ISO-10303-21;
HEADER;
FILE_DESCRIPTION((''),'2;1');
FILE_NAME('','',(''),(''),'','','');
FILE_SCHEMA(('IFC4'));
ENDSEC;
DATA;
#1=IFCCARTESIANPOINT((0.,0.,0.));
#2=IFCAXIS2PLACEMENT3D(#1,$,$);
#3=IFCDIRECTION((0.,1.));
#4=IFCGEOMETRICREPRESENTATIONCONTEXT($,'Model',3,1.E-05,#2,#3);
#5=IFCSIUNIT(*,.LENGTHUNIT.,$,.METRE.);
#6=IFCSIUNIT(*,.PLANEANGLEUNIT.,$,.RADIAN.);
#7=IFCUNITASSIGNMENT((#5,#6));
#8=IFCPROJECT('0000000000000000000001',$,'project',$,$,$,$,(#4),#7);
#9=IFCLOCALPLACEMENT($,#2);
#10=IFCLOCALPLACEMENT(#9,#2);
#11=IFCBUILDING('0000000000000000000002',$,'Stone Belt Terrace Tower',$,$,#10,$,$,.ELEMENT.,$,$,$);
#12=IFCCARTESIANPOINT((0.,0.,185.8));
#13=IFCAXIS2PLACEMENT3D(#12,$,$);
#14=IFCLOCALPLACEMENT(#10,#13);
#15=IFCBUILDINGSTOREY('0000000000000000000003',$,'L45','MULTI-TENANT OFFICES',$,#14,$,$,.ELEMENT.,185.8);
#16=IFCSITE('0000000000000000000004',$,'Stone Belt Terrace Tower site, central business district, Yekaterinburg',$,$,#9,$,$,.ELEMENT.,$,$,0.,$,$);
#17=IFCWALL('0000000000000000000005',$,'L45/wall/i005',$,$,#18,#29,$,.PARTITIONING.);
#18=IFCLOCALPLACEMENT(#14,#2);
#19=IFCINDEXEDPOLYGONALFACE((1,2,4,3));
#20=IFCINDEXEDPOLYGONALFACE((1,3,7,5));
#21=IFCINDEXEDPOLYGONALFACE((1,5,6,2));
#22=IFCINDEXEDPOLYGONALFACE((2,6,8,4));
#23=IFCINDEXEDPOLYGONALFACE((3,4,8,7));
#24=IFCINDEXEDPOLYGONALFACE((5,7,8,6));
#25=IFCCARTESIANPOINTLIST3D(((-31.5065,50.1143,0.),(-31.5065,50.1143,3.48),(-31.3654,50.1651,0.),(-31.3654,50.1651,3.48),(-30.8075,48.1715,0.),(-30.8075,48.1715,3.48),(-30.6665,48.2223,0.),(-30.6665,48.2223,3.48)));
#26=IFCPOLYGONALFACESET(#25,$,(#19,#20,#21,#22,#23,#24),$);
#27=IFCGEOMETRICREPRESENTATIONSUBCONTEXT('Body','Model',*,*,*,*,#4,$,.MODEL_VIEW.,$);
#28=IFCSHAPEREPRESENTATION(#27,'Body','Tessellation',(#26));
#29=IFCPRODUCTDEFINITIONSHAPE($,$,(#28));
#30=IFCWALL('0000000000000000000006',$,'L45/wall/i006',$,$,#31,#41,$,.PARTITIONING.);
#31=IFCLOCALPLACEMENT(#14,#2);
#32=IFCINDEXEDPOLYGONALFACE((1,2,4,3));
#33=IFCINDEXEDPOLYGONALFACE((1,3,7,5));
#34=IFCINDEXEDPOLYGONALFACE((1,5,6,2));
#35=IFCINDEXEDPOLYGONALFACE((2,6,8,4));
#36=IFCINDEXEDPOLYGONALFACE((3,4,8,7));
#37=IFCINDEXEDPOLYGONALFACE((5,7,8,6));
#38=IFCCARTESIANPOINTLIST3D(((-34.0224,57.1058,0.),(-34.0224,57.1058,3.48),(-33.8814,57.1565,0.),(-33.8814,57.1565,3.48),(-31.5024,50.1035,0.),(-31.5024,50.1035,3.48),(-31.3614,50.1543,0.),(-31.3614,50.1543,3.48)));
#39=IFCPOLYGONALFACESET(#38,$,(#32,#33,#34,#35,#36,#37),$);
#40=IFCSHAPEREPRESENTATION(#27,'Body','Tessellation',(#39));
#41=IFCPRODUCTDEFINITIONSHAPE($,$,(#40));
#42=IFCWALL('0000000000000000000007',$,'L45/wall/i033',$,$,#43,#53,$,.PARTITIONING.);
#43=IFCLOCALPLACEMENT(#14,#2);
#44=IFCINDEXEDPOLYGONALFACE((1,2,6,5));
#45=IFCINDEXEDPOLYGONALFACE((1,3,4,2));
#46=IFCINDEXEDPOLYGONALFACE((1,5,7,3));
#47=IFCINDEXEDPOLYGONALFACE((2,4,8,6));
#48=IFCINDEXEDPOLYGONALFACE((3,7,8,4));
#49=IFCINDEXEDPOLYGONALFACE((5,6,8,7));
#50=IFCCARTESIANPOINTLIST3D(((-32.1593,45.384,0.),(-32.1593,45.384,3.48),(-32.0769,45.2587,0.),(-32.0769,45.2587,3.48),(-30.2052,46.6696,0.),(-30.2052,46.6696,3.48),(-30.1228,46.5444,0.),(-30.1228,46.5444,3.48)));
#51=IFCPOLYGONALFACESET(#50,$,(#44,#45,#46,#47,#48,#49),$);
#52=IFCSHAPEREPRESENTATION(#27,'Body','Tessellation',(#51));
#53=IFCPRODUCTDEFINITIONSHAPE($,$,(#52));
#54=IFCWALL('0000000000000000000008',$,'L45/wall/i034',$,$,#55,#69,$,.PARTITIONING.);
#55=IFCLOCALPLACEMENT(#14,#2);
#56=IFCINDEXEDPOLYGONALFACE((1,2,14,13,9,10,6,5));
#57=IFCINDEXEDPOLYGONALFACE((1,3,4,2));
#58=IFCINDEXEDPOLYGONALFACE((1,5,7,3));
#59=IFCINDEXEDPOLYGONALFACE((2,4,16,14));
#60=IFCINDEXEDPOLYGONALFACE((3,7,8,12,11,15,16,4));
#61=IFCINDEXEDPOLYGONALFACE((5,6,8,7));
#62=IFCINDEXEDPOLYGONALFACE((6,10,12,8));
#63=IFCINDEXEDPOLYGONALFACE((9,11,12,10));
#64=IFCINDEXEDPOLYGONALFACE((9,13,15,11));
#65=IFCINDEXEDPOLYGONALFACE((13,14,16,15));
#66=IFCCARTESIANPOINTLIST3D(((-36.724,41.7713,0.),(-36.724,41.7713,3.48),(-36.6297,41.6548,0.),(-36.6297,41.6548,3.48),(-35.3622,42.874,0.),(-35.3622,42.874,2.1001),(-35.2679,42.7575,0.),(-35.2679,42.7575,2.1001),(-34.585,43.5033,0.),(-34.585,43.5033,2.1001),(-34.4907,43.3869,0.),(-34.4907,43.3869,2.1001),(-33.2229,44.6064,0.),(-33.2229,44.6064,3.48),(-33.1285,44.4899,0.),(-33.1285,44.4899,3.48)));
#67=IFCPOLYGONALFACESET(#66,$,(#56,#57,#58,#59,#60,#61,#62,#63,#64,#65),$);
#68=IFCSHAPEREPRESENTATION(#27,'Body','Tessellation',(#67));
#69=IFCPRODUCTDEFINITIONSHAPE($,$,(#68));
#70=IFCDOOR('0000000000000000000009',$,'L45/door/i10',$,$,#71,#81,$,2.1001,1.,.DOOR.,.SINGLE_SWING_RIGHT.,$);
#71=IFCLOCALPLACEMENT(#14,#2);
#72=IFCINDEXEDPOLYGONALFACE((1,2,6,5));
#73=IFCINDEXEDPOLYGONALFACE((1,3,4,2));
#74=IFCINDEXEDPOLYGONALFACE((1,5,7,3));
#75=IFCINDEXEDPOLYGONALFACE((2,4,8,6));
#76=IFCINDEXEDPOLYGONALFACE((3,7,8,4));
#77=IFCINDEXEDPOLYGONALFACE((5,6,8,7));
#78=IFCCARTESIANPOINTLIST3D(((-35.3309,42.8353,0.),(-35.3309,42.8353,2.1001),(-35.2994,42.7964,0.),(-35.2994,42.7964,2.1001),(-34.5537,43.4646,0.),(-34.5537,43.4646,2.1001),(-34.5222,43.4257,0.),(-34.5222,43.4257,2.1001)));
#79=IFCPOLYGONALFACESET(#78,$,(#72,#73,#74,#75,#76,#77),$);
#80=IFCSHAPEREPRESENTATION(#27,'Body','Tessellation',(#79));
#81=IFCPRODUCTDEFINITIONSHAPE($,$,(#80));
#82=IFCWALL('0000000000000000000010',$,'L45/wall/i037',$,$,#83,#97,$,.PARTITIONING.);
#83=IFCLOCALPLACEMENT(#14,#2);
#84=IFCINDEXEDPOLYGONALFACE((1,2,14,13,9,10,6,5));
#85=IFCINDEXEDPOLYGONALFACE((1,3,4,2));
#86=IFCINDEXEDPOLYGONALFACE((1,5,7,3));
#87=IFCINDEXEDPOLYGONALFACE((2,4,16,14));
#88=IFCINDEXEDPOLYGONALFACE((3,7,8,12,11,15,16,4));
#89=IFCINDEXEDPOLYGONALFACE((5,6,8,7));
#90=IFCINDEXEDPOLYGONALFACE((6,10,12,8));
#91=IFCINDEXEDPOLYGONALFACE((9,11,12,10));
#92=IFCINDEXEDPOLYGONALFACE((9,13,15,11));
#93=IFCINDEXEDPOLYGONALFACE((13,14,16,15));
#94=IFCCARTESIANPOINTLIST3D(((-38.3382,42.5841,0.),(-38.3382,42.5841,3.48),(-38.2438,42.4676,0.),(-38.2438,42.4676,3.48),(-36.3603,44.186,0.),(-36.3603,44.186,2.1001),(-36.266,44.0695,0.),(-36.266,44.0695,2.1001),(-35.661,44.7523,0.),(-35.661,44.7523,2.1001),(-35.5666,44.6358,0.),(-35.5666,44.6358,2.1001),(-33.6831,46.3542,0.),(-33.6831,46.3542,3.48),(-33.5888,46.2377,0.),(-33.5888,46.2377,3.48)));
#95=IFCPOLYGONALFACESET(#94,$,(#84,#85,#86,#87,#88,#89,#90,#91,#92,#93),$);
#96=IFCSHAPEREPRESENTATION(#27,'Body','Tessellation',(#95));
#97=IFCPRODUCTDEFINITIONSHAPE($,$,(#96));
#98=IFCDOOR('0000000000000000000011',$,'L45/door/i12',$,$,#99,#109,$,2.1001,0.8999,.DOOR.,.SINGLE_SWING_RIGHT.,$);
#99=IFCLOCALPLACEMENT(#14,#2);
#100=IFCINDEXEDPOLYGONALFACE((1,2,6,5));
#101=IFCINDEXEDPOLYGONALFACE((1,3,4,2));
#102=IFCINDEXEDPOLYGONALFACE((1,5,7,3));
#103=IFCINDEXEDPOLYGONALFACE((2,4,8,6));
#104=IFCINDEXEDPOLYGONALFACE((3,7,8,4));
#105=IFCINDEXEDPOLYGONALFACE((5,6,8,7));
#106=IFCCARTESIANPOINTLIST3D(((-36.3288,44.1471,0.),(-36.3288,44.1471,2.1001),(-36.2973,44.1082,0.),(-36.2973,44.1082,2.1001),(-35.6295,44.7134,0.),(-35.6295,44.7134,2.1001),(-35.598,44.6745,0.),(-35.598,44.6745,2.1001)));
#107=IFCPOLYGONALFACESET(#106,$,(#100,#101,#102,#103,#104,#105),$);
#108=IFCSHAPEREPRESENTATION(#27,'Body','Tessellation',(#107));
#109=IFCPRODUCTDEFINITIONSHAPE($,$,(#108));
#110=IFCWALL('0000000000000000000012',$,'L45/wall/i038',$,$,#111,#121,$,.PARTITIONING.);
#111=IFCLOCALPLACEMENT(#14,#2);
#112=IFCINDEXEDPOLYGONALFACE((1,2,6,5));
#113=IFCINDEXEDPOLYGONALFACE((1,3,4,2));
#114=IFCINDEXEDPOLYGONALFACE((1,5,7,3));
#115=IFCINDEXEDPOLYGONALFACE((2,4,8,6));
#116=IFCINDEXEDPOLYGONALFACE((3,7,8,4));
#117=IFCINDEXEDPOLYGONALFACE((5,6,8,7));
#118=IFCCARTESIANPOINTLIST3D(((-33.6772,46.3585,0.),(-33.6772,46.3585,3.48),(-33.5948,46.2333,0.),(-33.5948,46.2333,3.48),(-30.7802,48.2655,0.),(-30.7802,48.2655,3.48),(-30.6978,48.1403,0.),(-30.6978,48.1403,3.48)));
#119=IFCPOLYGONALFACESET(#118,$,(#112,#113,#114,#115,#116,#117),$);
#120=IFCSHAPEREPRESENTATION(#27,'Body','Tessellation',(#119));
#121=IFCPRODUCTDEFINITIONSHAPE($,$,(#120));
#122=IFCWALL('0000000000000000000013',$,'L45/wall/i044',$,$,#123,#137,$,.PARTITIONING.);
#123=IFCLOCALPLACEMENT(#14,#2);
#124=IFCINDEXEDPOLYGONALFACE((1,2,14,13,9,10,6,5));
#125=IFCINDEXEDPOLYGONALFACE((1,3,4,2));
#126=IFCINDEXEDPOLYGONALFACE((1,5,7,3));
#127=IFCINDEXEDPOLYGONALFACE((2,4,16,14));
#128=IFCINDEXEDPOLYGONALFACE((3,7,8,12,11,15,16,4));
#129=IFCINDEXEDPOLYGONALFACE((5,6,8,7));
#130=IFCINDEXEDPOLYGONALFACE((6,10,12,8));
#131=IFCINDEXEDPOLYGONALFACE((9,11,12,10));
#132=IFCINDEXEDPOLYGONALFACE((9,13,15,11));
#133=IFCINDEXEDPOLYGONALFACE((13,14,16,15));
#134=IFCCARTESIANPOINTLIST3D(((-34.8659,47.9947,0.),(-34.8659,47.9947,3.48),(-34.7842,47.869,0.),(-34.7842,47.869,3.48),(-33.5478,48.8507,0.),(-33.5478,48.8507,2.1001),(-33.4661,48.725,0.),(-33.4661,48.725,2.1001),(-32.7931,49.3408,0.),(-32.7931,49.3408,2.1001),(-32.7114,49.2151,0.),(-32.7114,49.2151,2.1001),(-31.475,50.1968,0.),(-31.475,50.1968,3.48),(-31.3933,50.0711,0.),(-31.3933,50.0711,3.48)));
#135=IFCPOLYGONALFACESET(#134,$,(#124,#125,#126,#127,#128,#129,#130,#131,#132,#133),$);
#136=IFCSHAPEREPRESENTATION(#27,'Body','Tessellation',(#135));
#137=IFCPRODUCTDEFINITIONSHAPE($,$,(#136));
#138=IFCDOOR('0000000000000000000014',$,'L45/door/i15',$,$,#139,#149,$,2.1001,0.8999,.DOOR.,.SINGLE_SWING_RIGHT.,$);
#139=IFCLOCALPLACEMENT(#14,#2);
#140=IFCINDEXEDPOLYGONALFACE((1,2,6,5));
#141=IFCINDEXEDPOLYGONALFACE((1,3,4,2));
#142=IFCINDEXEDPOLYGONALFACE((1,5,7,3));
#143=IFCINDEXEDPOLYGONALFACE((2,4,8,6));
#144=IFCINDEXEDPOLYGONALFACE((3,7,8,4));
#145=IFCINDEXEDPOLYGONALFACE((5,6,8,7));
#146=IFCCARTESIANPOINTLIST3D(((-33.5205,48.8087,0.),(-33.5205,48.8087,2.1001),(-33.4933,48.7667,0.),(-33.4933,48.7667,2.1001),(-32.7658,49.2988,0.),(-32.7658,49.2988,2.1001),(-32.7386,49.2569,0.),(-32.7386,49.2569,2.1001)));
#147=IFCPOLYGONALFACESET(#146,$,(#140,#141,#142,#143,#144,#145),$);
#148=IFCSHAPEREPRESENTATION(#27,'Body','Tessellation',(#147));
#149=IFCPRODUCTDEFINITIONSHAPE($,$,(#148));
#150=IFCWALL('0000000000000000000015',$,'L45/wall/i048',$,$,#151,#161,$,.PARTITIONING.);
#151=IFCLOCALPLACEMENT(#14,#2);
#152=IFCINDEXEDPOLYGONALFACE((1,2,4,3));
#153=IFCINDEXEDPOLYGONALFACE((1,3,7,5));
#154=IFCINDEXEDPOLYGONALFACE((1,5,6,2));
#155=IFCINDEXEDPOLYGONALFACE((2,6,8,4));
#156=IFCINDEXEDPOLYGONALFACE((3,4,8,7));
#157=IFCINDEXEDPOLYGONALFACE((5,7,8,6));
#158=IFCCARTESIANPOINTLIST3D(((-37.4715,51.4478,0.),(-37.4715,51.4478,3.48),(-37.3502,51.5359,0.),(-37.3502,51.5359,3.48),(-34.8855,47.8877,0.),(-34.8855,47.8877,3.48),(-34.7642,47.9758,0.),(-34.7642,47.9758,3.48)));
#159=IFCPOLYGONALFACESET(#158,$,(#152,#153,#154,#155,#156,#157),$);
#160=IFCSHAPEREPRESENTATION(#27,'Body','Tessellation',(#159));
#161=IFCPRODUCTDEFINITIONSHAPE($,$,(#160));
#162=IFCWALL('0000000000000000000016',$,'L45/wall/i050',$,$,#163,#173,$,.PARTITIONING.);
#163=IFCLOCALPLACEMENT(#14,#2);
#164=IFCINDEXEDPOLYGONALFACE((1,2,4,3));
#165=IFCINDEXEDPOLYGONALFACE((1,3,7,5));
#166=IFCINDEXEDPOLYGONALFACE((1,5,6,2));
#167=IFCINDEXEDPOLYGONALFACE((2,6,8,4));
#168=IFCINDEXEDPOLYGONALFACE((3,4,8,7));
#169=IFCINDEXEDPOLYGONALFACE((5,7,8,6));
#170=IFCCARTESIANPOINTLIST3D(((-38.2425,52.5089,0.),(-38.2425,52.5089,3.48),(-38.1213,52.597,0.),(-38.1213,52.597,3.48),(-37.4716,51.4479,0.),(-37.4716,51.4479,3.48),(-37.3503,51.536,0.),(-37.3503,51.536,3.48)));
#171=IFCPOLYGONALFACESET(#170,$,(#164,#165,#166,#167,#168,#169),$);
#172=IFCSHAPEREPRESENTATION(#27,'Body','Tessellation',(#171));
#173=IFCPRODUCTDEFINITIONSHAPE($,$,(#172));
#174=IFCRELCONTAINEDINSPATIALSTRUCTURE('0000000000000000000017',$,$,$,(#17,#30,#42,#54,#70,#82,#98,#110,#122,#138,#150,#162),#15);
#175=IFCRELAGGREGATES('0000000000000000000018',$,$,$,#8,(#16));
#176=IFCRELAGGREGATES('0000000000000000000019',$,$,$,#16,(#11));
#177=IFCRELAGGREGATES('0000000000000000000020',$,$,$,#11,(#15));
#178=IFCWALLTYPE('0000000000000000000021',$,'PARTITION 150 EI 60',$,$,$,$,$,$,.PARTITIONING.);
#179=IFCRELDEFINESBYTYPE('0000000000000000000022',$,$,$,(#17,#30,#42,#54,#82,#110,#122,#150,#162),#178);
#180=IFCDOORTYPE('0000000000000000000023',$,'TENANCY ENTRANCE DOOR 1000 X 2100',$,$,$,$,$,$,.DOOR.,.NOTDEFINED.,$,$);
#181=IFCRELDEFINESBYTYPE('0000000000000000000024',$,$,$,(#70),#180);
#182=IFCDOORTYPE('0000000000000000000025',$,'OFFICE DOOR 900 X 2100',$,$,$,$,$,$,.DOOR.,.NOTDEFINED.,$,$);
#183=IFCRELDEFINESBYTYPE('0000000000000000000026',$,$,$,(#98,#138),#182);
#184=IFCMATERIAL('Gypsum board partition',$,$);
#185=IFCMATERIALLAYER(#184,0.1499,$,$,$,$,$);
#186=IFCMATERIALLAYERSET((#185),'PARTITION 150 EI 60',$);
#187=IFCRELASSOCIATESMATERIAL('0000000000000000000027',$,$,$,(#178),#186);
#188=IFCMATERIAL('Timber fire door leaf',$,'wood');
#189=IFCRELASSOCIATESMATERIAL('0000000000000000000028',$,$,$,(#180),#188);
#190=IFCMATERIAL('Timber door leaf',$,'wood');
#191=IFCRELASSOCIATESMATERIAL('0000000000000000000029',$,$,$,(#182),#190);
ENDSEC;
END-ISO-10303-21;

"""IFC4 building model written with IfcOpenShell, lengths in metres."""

from ifc_helpers import new_model, si_unit, direction, frame, frame_2d, origin, place, context, subcontext, project, spatial, rectangle, extrude, material, layer, layer_set, type_object, element, fill, save


model = new_model("IFC4")

# Units and contexts
model_context = context("Model", 3, precision=1e-05, world=origin(), true_north=direction((0.0, 1.0)))
body_context = subcontext(model_context, "Body", "Model", "MODEL_VIEW")
ifc_project = project(units=[si_unit("LENGTHUNIT", "METRE"), si_unit("PLANEANGLEUNIT", "RADIAN")], contexts=[model_context])

# Site, building, storey
site_placement = place(None, origin())
site = spatial("IfcSite", under=ifc_project, at=site_placement, Name="Stone Belt Terrace Tower site, central business district, Yekaterinburg", CompositionType="ELEMENT", RefElevation=0.0)
building_placement = place(site_placement, origin())
building = spatial("IfcBuilding", under=site, at=building_placement, Name="Stone Belt Terrace Tower", CompositionType="ELEMENT")
storey_placement = place(building_placement, frame((0.0, 0.0, 185.8)))
storey = spatial("IfcBuildingStorey", under=building, at=storey_placement, Name="L45", Description="MULTI-TENANT OFFICES", CompositionType="ELEMENT", Elevation=185.8)

# Shared definitions
ifc_material_1 = material(Name="Gypsum board partition")
ifc_layer_1 = layer(ifc_material_1, 0.1499)
ifc_layer_set_1 = layer_set([ifc_layer_1], Name="PARTITION 150 EI 60")
wall_type_1 = type_object("IfcWallType", Name="PARTITION 150 EI 60", PredefinedType="PARTITIONING", material=ifc_layer_set_1)
ifc_material_2 = material(Name="Timber door leaf", Category="wood")

# Walls
wall_1_placement = place(storey_placement, frame((-30.7371, 48.197, 0.0), z_axis=(0.0, 0.0, 1.0), x_axis=(-0.338523, 0.940958, 0.0)))
element("IfcWall", 1, at=wall_1_placement, inside=storey, type_object=wall_type_1, Name="L45/wall/i005", PredefinedType="PARTITIONING", context=body_context, shape_type="SweptSolid", body=[
    extrude(rectangle(XDim=2.0647, YDim=0.1499, at=frame_2d((1.0322, 0.0))), origin(), (0.0, 0.0, 1.0), 3.48),
])
wall_2_placement = place(storey_placement, frame((-31.4319, 50.1289, 0.0), z_axis=(0.0, 0.0, 1.0), x_axis=(-0.338628, 0.94092, 0.0)))
element("IfcWall", 2, at=wall_2_placement, inside=storey, type_object=wall_type_1, Name="L45/wall/i006", PredefinedType="PARTITIONING", context=body_context, shape_type="SweptSolid", body=[
    extrude(rectangle(XDim=7.4419, YDim=0.1499, at=frame_2d((3.7209, 0.0))), origin(), (0.0, 0.0, 1.0), 3.48),
])
wall_3_placement = place(storey_placement, frame((-30.1641, 46.6069, 0.0), z_axis=(0.0, 0.0, 1.0), x_axis=(-0.835407, -0.549632, 0.0)))
element("IfcWall", 3, at=wall_3_placement, inside=storey, type_object=wall_type_1, Name="L45/wall/i033", PredefinedType="PARTITIONING", context=body_context, shape_type="SweptSolid", body=[
    extrude(rectangle(XDim=2.3391, YDim=0.1499, at=frame_2d((1.1694, 0.0))), origin(), (0.0, 0.0, 1.0), 3.48),
])

# Walls, openings, doors
wall_4_placement = place(storey_placement, frame((-33.1758, 44.5481, 0.0), z_axis=(0.0, 0.0, 1.0), x_axis=(-0.777149, -0.629317, 0.0)))
wall_4 = element("IfcWall", 4, at=wall_4_placement, inside=storey, type_object=wall_type_1, Name="L45/wall/i034", PredefinedType="PARTITIONING", context=body_context, shape_type="SweptSolid", body=[
    extrude(rectangle(XDim=4.5051, YDim=0.1499, at=frame_2d((2.2524, 0.0))), origin(), (0.0, 0.0, 1.0), 3.48),
])
opening_1_placement = place(wall_4_placement, frame((1.7527, 0.0, 0.0)))
opening_1 = element("IfcOpeningElement", 5, at=opening_1_placement, cuts=wall_4, PredefinedType="OPENING", context=body_context, shape_type="SweptSolid", body=[
    extrude(rectangle(XDim=1.0, YDim=2.1001, at=frame_2d((0.5, 1.05))), frame((0.0, 0.085, 0.0), z_axis=(0.0, -1.0, 0.0), x_axis=(1.0, 0.0, 0.0)), (0.0, 0.0, 1.0), 0.1699),
])
ifc_material_3 = material(Name="Timber fire door leaf", Category="wood")
door_type_1 = type_object("IfcDoorType", Name="TENANCY ENTRANCE DOOR 1000 X 2100", OperationType="NOTDEFINED", PredefinedType="DOOR", material=ifc_material_3)
door_1_placement = place(opening_1_placement, origin())
door_1 = element("IfcDoor", 6, at=door_1_placement, inside=storey, type_object=door_type_1, Name="L45/door/i10", OperationType="SINGLE_SWING_RIGHT", OverallHeight=2.1001, OverallWidth=1.0, PredefinedType="DOOR", context=body_context, shape_type="SweptSolid", body=[
    extrude(rectangle(XDim=1.0, YDim=2.1001, at=frame_2d((0.5, 1.05))), frame((0.0, 0.0249, 0.0), z_axis=(0.0, -1.0, 0.0), x_axis=(1.0, 0.0, 0.0)), (0.0, 0.0, 1.0), 0.05),
])
fill(opening_1, door_1)
wall_5_placement = place(storey_placement, frame((-38.291, 42.5259, 0.0), z_axis=(0.0, 0.0, 1.0), x_axis=(0.777109, 0.629366, 0.0)))
wall_5 = element("IfcWall", 7, at=wall_5_placement, inside=storey, type_object=wall_type_1, Name="L45/wall/i037", PredefinedType="PARTITIONING", context=body_context, shape_type="SweptSolid", body=[
    extrude(rectangle(XDim=5.9902, YDim=0.1499, at=frame_2d((2.9951, 0.0))), origin(), (0.0, 0.0, 1.0), 3.48),
])
opening_2_placement = place(wall_5_placement, frame((2.5452, 0.0, 0.0)))
opening_2 = element("IfcOpeningElement", 8, at=opening_2_placement, cuts=wall_5, PredefinedType="OPENING", context=body_context, shape_type="SweptSolid", body=[
    extrude(rectangle(XDim=0.8999, YDim=2.1001, at=frame_2d((0.45, 1.05))), frame((0.0, 0.085, 0.0), z_axis=(0.0, -1.0, 0.0), x_axis=(1.0, 0.0, 0.0)), (0.0, 0.0, 1.0), 0.1699),
])
door_type_2 = type_object("IfcDoorType", Name="OFFICE DOOR 900 X 2100", OperationType="NOTDEFINED", PredefinedType="DOOR", material=ifc_material_2)
door_2_placement = place(opening_2_placement, origin())
door_2 = element("IfcDoor", 9, at=door_2_placement, inside=storey, type_object=door_type_2, Name="L45/door/i12", OperationType="SINGLE_SWING_RIGHT", OverallHeight=2.1001, OverallWidth=0.8999, PredefinedType="DOOR", context=body_context, shape_type="SweptSolid", body=[
    extrude(rectangle(XDim=0.8999, YDim=2.1001, at=frame_2d((0.45, 1.05))), frame((0.0, 0.0249, 0.0), z_axis=(0.0, -1.0, 0.0), x_axis=(1.0, 0.0, 0.0)), (0.0, 0.0, 1.0), 0.05),
])
fill(opening_2, door_2)

# Wall
wall_6_placement = place(storey_placement, frame((-33.636, 46.2959, 0.0), z_axis=(0.0, 0.0, 1.0), x_axis=(0.835274, 0.549834, 0.0)))
element("IfcWall", 10, at=wall_6_placement, inside=storey, type_object=wall_type_1, Name="L45/wall/i038", PredefinedType="PARTITIONING", context=body_context, shape_type="SweptSolid", body=[
    extrude(rectangle(XDim=3.4683, YDim=0.1499, at=frame_2d((1.7341, 0.0))), origin(), (0.0, 0.0, 1.0), 3.48),
])

# Wall, opening, door
wall_7_placement = place(storey_placement, frame((-34.825, 47.9319, 0.0), z_axis=(0.0, 0.0, 1.0), x_axis=(0.83866, 0.544655, 0.0)))
wall_7 = element("IfcWall", 11, at=wall_7_placement, inside=storey, type_object=wall_type_1, Name="L45/wall/i044", PredefinedType="PARTITIONING", context=body_context, shape_type="SweptSolid", body=[
    extrude(rectangle(XDim=4.0432, YDim=0.1499, at=frame_2d((2.0215, 0.0))), origin(), (0.0, 0.0, 1.0), 3.48),
])
opening_3_placement = place(wall_7_placement, frame((1.5715, 0.0, 0.0)))
opening_3 = element("IfcOpeningElement", 12, at=opening_3_placement, cuts=wall_7, PredefinedType="OPENING", context=body_context, shape_type="SweptSolid", body=[
    extrude(rectangle(XDim=0.8999, YDim=2.1001, at=frame_2d((0.45, 1.05))), frame((0.0, 0.085, 0.0), z_axis=(0.0, -1.0, 0.0), x_axis=(1.0, 0.0, 0.0)), (0.0, 0.0, 1.0), 0.1699),
])
door_3_placement = place(opening_3_placement, origin())
door_3 = element("IfcDoor", 13, at=door_3_placement, inside=storey, type_object=door_type_2, Name="L45/door/i15", OperationType="SINGLE_SWING_RIGHT", OverallHeight=2.1001, OverallWidth=0.8999, PredefinedType="DOOR", context=body_context, shape_type="SweptSolid", body=[
    extrude(rectangle(XDim=0.8999, YDim=2.1001, at=frame_2d((0.45, 1.05))), frame((0.0, 0.0249, 0.0), z_axis=(0.0, -1.0, 0.0), x_axis=(1.0, 0.0, 0.0)), (0.0, 0.0, 1.0), 0.05),
])
fill(opening_3, door_3)

# Walls
wall_8_placement = place(storey_placement, frame((-37.4109, 51.4919, 0.0), z_axis=(0.0, 0.0, 1.0), x_axis=(0.587697, -0.809081, 0.0)))
element("IfcWall", 14, at=wall_8_placement, inside=storey, type_object=wall_type_1, Name="L45/wall/i048", PredefinedType="PARTITIONING", context=body_context, shape_type="SweptSolid", body=[
    extrude(rectangle(XDim=4.4001, YDim=0.1499, at=frame_2d((2.2002, 0.0))), origin(), (0.0, 0.0, 1.0), 3.48),
])
wall_9_placement = place(storey_placement, frame((-38.1819, 52.553, 0.0), z_axis=(0.0, 0.0, 1.0), x_axis=(0.58784, -0.808977, 0.0)))
element("IfcWall", 15, at=wall_9_placement, inside=storey, type_object=wall_type_1, Name="L45/wall/i050", PredefinedType="PARTITIONING", context=body_context, shape_type="SweptSolid", body=[
    extrude(rectangle(XDim=1.3115, YDim=0.1499, at=frame_2d((0.6558, 0.0))), origin(), (0.0, 0.0, 1.0), 3.48),
])

save(model, "model.ifc")
